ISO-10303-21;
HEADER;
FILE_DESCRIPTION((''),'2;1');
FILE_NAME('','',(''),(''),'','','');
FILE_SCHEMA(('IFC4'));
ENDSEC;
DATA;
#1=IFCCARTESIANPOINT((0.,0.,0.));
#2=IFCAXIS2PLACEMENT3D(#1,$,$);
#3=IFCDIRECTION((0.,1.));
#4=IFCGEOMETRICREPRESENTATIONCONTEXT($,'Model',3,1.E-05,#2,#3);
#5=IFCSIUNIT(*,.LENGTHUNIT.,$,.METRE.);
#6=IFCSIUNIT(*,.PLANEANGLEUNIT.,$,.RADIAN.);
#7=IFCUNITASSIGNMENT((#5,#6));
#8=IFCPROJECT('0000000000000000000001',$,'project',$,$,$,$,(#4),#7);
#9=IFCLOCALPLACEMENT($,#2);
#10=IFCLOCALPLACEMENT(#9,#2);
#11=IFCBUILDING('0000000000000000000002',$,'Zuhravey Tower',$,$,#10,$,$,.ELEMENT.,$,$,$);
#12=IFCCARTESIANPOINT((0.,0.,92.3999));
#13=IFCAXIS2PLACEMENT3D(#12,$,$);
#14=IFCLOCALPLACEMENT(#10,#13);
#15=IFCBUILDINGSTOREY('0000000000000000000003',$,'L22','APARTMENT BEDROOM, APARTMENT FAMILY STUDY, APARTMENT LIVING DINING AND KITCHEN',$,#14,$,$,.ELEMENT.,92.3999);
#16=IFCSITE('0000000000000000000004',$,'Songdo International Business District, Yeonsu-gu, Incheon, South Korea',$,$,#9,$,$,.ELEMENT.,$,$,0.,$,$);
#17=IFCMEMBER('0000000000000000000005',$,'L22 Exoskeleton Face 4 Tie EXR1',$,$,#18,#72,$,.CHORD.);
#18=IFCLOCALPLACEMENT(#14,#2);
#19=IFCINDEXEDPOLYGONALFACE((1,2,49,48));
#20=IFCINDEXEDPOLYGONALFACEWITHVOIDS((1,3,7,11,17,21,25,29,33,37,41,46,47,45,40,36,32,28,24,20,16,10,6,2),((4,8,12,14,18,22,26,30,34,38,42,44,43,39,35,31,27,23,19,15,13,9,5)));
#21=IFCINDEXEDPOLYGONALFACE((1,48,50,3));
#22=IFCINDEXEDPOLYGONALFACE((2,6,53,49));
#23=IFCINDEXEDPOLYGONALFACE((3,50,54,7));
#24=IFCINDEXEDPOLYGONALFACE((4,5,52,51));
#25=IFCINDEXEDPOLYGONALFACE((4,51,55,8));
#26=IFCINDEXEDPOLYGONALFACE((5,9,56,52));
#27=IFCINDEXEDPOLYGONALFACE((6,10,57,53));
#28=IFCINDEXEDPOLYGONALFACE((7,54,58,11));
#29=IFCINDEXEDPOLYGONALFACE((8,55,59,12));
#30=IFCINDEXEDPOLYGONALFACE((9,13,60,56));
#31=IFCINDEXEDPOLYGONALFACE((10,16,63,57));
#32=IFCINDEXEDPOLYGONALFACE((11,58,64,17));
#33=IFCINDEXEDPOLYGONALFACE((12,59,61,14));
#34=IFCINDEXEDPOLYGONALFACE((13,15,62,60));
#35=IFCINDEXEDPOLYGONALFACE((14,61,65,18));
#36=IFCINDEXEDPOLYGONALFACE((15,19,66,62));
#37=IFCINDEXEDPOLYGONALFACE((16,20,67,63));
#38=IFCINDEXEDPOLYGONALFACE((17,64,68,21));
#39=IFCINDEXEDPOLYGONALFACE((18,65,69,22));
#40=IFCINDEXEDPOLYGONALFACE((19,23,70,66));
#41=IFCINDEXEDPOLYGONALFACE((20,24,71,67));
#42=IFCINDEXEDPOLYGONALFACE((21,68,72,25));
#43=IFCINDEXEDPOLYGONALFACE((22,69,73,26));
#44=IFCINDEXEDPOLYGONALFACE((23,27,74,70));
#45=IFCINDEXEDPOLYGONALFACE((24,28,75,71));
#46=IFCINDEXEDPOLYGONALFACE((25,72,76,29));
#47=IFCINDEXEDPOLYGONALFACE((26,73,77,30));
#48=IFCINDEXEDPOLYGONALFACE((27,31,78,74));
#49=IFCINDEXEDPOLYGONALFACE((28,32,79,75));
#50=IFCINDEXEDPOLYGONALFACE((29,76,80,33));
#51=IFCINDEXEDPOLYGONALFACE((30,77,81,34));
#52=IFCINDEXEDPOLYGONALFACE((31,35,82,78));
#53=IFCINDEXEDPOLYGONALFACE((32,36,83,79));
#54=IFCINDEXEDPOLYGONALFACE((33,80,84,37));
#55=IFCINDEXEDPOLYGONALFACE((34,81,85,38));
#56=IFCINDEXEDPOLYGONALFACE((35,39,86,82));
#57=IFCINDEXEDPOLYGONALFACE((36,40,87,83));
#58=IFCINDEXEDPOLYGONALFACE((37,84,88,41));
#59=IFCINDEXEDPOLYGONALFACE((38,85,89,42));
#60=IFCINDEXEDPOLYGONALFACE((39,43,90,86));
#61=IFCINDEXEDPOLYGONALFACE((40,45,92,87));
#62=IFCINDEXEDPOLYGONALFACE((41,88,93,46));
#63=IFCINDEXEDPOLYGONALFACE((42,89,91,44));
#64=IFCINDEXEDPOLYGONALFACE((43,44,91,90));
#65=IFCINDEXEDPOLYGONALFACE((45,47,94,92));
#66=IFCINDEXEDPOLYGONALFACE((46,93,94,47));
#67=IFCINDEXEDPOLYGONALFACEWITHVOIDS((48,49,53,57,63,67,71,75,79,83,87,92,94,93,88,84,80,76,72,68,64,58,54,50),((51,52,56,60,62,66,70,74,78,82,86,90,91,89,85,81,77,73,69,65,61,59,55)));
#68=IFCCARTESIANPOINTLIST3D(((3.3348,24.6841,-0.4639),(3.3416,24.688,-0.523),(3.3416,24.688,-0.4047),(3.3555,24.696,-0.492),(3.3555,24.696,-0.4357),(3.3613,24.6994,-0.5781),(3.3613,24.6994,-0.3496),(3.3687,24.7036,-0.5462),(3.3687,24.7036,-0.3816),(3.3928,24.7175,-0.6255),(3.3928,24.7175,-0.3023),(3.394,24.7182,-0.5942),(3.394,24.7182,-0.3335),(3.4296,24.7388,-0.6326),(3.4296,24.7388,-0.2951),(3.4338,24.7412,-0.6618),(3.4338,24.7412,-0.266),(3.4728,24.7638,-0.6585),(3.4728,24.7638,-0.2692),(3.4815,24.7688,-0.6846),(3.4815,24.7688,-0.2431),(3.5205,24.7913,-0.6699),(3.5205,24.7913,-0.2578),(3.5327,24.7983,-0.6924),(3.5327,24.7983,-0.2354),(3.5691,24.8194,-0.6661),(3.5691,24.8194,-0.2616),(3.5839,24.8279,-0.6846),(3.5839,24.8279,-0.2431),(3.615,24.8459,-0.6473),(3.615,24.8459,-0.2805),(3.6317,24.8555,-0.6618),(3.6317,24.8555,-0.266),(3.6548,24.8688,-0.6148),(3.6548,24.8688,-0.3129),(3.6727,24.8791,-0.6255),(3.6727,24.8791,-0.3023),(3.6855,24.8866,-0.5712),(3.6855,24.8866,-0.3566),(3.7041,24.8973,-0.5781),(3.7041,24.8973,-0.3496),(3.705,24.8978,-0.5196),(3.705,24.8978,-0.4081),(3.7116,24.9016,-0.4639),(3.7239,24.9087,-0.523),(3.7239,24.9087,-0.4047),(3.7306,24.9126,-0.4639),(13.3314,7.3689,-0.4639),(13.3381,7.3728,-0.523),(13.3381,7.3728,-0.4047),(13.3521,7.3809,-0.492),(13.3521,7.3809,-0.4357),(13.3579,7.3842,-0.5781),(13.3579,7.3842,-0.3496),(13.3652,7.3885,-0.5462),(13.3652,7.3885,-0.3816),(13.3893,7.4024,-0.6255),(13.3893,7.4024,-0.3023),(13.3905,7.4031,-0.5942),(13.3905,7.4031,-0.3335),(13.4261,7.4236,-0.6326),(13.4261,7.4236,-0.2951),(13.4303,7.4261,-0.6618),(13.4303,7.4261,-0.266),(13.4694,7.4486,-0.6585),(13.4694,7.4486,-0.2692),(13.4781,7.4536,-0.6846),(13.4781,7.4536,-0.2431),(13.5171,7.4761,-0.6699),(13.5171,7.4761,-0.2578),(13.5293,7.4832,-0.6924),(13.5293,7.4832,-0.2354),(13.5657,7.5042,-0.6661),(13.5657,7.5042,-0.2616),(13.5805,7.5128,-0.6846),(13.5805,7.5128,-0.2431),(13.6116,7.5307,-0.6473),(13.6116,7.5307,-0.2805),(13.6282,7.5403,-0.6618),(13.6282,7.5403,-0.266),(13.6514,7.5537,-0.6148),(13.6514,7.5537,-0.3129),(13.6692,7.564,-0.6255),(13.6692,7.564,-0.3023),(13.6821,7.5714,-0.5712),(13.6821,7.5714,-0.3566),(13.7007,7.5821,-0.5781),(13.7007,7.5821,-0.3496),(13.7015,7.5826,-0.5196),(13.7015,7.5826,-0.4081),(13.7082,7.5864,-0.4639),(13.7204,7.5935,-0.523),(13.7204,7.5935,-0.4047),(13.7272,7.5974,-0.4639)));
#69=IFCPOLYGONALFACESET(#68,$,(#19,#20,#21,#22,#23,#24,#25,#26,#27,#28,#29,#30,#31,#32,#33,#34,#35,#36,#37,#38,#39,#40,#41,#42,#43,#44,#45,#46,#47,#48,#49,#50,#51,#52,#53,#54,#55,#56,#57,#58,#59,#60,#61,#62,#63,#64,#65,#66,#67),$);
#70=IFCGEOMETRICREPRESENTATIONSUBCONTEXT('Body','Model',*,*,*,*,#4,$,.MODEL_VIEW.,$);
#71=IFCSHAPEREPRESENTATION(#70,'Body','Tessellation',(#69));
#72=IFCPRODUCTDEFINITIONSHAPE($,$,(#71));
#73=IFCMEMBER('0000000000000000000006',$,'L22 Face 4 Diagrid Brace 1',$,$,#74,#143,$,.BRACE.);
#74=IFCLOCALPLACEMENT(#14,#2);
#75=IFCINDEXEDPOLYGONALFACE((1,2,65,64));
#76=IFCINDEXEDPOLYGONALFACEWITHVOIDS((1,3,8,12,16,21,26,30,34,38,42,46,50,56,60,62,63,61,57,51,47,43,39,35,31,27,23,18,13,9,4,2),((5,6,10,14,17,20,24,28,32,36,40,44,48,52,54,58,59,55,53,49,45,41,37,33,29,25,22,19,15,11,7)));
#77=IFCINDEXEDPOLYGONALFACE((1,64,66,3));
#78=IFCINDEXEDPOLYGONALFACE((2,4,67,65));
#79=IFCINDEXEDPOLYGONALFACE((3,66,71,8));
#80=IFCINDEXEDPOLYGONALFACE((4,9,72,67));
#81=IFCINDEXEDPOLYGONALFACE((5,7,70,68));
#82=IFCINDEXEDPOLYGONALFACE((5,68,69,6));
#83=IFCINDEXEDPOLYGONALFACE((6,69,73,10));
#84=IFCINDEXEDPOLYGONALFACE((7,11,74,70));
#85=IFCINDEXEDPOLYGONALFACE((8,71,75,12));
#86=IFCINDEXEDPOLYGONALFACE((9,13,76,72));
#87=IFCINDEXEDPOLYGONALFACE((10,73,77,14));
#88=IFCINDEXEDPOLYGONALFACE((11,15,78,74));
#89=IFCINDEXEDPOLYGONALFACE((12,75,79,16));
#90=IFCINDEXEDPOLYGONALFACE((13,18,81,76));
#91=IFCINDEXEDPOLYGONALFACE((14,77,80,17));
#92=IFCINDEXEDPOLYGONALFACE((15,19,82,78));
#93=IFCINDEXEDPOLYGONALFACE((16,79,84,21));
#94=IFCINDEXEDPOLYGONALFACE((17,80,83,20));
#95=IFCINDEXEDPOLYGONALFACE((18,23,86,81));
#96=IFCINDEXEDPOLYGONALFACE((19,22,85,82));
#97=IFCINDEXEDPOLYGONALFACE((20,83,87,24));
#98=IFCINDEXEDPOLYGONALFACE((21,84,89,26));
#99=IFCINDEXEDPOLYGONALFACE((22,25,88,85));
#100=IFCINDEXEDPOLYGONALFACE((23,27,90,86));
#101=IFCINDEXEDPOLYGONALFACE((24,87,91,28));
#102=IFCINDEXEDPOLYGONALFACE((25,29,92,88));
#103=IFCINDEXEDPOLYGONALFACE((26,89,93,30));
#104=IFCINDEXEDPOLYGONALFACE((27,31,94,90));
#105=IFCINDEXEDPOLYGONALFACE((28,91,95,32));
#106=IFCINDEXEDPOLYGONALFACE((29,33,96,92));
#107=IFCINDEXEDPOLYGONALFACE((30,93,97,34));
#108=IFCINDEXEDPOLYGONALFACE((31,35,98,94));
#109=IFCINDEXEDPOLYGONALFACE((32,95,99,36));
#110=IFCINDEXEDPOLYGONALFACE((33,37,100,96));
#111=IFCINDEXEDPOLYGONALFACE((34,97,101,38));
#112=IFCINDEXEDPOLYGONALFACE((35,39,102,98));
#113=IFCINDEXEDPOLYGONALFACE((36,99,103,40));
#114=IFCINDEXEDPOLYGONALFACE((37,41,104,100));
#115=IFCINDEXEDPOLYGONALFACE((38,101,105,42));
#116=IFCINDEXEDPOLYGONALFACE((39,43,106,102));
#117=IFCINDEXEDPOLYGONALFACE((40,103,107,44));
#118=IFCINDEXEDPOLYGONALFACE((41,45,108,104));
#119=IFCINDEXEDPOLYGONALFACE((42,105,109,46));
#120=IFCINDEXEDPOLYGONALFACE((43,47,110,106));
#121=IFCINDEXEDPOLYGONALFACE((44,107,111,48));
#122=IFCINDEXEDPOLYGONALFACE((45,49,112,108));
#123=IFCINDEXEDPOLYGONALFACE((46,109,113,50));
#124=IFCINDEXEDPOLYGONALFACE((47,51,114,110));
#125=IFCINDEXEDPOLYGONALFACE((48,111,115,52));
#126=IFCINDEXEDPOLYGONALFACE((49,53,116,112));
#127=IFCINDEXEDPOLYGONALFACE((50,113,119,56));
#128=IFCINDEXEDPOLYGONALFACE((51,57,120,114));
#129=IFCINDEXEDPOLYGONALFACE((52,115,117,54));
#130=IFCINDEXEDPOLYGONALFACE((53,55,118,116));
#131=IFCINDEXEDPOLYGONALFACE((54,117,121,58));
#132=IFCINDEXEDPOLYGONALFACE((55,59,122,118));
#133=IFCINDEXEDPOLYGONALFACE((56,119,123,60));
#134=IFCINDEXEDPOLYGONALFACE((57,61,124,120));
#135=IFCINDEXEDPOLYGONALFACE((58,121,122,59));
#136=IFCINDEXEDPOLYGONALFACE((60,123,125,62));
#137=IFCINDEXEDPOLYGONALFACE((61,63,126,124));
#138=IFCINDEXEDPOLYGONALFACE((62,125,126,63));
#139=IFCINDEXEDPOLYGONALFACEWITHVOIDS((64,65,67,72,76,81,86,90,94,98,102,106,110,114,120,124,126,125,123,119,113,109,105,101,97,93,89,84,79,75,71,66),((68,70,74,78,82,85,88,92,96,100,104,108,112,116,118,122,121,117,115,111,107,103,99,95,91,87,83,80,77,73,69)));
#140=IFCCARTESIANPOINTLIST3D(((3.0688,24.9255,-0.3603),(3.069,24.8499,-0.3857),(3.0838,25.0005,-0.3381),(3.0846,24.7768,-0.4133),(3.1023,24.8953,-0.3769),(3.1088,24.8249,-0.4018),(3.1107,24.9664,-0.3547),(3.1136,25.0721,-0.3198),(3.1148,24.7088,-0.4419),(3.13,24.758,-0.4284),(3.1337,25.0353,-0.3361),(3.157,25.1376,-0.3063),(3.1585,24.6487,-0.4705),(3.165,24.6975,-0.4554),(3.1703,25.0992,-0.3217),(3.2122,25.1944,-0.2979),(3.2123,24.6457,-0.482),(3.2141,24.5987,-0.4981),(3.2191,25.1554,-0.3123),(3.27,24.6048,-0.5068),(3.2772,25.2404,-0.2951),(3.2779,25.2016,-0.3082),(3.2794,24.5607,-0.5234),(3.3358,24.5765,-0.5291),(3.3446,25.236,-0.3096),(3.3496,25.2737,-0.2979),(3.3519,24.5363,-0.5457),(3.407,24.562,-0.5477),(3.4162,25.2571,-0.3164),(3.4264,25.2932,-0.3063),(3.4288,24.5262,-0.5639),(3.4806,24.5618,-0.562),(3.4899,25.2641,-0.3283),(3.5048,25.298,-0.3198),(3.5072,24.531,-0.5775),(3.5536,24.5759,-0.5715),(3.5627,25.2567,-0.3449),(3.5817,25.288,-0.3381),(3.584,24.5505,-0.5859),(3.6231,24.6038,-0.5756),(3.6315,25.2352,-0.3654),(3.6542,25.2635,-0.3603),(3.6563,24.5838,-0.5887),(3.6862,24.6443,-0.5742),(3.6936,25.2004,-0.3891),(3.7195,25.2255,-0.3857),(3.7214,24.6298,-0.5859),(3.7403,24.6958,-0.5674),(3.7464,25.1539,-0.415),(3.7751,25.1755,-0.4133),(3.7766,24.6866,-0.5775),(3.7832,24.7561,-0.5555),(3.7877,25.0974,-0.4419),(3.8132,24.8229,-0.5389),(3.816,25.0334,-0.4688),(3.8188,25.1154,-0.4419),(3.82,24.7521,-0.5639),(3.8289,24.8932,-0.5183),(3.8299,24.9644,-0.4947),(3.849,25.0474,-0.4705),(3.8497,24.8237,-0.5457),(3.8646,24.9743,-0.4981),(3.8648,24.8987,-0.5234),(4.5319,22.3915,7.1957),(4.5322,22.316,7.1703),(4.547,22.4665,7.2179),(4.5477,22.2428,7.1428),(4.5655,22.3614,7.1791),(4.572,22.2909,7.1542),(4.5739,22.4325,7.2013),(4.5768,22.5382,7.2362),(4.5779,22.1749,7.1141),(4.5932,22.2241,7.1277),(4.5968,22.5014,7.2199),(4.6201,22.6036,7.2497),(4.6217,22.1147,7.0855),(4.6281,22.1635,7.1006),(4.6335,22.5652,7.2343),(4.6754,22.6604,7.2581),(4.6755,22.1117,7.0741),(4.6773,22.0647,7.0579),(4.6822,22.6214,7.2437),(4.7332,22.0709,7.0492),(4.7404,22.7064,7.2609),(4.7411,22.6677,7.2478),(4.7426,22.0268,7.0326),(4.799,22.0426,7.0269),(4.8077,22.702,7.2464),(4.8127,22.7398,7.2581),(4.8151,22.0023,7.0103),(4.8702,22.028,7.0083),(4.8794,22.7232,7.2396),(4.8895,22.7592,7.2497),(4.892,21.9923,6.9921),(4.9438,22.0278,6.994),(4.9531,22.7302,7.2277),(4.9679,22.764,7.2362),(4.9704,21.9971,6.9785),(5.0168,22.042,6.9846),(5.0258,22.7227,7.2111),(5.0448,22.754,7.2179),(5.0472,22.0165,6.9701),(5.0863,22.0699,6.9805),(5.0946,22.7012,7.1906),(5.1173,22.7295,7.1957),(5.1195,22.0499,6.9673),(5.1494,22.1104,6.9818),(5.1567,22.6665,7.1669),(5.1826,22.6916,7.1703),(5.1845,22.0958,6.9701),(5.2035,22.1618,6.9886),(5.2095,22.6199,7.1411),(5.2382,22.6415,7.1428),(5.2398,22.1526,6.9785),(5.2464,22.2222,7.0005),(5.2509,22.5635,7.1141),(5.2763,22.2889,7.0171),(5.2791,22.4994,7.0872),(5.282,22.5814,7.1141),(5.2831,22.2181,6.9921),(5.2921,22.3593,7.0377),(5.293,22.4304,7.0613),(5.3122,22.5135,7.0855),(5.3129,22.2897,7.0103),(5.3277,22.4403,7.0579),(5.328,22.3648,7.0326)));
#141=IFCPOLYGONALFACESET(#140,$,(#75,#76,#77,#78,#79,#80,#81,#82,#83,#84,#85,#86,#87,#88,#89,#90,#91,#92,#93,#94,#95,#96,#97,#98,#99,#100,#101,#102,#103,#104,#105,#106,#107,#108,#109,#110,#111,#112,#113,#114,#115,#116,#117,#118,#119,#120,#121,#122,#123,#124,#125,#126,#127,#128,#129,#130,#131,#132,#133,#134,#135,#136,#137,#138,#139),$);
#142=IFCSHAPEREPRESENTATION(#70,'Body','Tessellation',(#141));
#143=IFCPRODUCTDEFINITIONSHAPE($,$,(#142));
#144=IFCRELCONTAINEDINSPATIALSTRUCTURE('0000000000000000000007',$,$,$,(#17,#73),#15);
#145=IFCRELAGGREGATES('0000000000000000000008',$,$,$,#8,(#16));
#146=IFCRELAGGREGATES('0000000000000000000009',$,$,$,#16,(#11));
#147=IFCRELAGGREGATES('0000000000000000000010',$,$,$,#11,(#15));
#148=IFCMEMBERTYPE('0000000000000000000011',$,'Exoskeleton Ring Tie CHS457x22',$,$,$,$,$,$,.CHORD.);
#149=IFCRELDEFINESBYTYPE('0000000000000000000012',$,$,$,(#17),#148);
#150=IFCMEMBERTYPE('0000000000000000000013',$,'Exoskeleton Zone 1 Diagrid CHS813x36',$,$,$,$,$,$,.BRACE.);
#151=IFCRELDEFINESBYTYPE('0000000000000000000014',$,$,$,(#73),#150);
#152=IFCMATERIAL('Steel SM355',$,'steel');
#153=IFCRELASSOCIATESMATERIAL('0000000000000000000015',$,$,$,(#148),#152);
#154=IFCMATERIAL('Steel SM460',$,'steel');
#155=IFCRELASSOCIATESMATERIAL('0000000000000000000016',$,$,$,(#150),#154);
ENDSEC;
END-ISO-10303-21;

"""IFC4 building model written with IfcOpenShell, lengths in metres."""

from ifc_helpers import new_model, si_unit, direction, frame, origin, origin_2d, place, context, subcontext, project, spatial, hollow_circle, extrude, material, material_profile, profile_set, type_object, element, save


model = new_model("IFC4")

# Units and contexts
model_context = context("Model", 3, precision=1e-05, world=origin(), true_north=direction((0.0, 1.0)))
body_context = subcontext(model_context, "Body", "Model", "MODEL_VIEW")
ifc_project = project(units=[si_unit("LENGTHUNIT", "METRE"), si_unit("PLANEANGLEUNIT", "RADIAN")], contexts=[model_context])

# Site, building, storey
site_placement = place(None, origin())
site = spatial("IfcSite", under=ifc_project, at=site_placement, Name="Songdo International Business District, Yeonsu-gu, Incheon, South Korea", CompositionType="ELEMENT", RefElevation=0.0)
building_placement = place(site_placement, origin())
building = spatial("IfcBuilding", under=site, at=building_placement, Name="Zuhravey Tower", CompositionType="ELEMENT")
storey_placement = place(building_placement, frame((0.0, 0.0, 92.3999)))
storey = spatial("IfcBuildingStorey", under=building, at=storey_placement, Name="L22", Description="APARTMENT BEDROOM, APARTMENT FAMILY STUDY, APARTMENT LIVING DINING AND KITCHEN", CompositionType="ELEMENT", Elevation=92.3999)

# Members
ifc_material_1 = material(Name="Steel SM355", Category="steel")
ifc_material_profile_1 = material_profile(ifc_material_1, hollow_circle(Radius=0.2285, WallThickness=0.022, at=origin_2d()), Name="CHS-457.2x22")
ifc_profile_set_1 = profile_set([ifc_material_profile_1], Name="Steel SM355")
member_type_1 = type_object("IfcMemberType", Name="Exoskeleton Ring Tie CHS457x22", PredefinedType="CHORD", material=ifc_profile_set_1)
member_1_placement = place(storey_placement, frame((3.5327, 24.7983, -0.4639), z_axis=(0.499987, -0.866033, 0.0), x_axis=(0.866033, 0.499987, 0.0)))
element("IfcMember", 1, at=member_1_placement, inside=storey, type_object=member_type_1, Name="L22 Exoskeleton Face 4 Tie EXR1", PredefinedType="CHORD", context=body_context, shape_type="SweptSolid", body=[
    extrude(hollow_circle(Radius=0.2285, WallThickness=0.022, at=origin_2d()), origin(), (0.0, 0.0, 1.0), 19.9937),
])
ifc_material_2 = material(Name="Steel SM460", Category="steel")
ifc_material_profile_2 = material_profile(ifc_material_2, hollow_circle(Radius=0.4065, WallThickness=0.0359, at=origin_2d()), Name="CHS-812.8x36")
ifc_profile_set_2 = profile_set([ifc_material_profile_2], Name="Steel SM460")
member_type_2 = type_object("IfcMemberType", Name="Exoskeleton Zone 1 Diagrid CHS813x36", PredefinedType="BRACE", material=ifc_profile_set_2)
member_2_placement = place(storey_placement, frame((3.4668, 24.9121, -0.4419), z_axis=(0.180574, -0.312728, 0.93252), x_axis=(0.866001, 0.500043, 0.0)))
element("IfcMember", 2, at=member_2_placement, inside=storey, type_object=member_type_2, Name="L22 Face 4 Diagrid Brace 1", PredefinedType="BRACE", context=body_context, shape_type="SweptSolid", body=[
    extrude(hollow_circle(Radius=0.4065, WallThickness=0.0359, at=origin_2d()), origin(), (0.0, 0.0, 1.0), 8.1028),
])

save(model, "model.ifc")
